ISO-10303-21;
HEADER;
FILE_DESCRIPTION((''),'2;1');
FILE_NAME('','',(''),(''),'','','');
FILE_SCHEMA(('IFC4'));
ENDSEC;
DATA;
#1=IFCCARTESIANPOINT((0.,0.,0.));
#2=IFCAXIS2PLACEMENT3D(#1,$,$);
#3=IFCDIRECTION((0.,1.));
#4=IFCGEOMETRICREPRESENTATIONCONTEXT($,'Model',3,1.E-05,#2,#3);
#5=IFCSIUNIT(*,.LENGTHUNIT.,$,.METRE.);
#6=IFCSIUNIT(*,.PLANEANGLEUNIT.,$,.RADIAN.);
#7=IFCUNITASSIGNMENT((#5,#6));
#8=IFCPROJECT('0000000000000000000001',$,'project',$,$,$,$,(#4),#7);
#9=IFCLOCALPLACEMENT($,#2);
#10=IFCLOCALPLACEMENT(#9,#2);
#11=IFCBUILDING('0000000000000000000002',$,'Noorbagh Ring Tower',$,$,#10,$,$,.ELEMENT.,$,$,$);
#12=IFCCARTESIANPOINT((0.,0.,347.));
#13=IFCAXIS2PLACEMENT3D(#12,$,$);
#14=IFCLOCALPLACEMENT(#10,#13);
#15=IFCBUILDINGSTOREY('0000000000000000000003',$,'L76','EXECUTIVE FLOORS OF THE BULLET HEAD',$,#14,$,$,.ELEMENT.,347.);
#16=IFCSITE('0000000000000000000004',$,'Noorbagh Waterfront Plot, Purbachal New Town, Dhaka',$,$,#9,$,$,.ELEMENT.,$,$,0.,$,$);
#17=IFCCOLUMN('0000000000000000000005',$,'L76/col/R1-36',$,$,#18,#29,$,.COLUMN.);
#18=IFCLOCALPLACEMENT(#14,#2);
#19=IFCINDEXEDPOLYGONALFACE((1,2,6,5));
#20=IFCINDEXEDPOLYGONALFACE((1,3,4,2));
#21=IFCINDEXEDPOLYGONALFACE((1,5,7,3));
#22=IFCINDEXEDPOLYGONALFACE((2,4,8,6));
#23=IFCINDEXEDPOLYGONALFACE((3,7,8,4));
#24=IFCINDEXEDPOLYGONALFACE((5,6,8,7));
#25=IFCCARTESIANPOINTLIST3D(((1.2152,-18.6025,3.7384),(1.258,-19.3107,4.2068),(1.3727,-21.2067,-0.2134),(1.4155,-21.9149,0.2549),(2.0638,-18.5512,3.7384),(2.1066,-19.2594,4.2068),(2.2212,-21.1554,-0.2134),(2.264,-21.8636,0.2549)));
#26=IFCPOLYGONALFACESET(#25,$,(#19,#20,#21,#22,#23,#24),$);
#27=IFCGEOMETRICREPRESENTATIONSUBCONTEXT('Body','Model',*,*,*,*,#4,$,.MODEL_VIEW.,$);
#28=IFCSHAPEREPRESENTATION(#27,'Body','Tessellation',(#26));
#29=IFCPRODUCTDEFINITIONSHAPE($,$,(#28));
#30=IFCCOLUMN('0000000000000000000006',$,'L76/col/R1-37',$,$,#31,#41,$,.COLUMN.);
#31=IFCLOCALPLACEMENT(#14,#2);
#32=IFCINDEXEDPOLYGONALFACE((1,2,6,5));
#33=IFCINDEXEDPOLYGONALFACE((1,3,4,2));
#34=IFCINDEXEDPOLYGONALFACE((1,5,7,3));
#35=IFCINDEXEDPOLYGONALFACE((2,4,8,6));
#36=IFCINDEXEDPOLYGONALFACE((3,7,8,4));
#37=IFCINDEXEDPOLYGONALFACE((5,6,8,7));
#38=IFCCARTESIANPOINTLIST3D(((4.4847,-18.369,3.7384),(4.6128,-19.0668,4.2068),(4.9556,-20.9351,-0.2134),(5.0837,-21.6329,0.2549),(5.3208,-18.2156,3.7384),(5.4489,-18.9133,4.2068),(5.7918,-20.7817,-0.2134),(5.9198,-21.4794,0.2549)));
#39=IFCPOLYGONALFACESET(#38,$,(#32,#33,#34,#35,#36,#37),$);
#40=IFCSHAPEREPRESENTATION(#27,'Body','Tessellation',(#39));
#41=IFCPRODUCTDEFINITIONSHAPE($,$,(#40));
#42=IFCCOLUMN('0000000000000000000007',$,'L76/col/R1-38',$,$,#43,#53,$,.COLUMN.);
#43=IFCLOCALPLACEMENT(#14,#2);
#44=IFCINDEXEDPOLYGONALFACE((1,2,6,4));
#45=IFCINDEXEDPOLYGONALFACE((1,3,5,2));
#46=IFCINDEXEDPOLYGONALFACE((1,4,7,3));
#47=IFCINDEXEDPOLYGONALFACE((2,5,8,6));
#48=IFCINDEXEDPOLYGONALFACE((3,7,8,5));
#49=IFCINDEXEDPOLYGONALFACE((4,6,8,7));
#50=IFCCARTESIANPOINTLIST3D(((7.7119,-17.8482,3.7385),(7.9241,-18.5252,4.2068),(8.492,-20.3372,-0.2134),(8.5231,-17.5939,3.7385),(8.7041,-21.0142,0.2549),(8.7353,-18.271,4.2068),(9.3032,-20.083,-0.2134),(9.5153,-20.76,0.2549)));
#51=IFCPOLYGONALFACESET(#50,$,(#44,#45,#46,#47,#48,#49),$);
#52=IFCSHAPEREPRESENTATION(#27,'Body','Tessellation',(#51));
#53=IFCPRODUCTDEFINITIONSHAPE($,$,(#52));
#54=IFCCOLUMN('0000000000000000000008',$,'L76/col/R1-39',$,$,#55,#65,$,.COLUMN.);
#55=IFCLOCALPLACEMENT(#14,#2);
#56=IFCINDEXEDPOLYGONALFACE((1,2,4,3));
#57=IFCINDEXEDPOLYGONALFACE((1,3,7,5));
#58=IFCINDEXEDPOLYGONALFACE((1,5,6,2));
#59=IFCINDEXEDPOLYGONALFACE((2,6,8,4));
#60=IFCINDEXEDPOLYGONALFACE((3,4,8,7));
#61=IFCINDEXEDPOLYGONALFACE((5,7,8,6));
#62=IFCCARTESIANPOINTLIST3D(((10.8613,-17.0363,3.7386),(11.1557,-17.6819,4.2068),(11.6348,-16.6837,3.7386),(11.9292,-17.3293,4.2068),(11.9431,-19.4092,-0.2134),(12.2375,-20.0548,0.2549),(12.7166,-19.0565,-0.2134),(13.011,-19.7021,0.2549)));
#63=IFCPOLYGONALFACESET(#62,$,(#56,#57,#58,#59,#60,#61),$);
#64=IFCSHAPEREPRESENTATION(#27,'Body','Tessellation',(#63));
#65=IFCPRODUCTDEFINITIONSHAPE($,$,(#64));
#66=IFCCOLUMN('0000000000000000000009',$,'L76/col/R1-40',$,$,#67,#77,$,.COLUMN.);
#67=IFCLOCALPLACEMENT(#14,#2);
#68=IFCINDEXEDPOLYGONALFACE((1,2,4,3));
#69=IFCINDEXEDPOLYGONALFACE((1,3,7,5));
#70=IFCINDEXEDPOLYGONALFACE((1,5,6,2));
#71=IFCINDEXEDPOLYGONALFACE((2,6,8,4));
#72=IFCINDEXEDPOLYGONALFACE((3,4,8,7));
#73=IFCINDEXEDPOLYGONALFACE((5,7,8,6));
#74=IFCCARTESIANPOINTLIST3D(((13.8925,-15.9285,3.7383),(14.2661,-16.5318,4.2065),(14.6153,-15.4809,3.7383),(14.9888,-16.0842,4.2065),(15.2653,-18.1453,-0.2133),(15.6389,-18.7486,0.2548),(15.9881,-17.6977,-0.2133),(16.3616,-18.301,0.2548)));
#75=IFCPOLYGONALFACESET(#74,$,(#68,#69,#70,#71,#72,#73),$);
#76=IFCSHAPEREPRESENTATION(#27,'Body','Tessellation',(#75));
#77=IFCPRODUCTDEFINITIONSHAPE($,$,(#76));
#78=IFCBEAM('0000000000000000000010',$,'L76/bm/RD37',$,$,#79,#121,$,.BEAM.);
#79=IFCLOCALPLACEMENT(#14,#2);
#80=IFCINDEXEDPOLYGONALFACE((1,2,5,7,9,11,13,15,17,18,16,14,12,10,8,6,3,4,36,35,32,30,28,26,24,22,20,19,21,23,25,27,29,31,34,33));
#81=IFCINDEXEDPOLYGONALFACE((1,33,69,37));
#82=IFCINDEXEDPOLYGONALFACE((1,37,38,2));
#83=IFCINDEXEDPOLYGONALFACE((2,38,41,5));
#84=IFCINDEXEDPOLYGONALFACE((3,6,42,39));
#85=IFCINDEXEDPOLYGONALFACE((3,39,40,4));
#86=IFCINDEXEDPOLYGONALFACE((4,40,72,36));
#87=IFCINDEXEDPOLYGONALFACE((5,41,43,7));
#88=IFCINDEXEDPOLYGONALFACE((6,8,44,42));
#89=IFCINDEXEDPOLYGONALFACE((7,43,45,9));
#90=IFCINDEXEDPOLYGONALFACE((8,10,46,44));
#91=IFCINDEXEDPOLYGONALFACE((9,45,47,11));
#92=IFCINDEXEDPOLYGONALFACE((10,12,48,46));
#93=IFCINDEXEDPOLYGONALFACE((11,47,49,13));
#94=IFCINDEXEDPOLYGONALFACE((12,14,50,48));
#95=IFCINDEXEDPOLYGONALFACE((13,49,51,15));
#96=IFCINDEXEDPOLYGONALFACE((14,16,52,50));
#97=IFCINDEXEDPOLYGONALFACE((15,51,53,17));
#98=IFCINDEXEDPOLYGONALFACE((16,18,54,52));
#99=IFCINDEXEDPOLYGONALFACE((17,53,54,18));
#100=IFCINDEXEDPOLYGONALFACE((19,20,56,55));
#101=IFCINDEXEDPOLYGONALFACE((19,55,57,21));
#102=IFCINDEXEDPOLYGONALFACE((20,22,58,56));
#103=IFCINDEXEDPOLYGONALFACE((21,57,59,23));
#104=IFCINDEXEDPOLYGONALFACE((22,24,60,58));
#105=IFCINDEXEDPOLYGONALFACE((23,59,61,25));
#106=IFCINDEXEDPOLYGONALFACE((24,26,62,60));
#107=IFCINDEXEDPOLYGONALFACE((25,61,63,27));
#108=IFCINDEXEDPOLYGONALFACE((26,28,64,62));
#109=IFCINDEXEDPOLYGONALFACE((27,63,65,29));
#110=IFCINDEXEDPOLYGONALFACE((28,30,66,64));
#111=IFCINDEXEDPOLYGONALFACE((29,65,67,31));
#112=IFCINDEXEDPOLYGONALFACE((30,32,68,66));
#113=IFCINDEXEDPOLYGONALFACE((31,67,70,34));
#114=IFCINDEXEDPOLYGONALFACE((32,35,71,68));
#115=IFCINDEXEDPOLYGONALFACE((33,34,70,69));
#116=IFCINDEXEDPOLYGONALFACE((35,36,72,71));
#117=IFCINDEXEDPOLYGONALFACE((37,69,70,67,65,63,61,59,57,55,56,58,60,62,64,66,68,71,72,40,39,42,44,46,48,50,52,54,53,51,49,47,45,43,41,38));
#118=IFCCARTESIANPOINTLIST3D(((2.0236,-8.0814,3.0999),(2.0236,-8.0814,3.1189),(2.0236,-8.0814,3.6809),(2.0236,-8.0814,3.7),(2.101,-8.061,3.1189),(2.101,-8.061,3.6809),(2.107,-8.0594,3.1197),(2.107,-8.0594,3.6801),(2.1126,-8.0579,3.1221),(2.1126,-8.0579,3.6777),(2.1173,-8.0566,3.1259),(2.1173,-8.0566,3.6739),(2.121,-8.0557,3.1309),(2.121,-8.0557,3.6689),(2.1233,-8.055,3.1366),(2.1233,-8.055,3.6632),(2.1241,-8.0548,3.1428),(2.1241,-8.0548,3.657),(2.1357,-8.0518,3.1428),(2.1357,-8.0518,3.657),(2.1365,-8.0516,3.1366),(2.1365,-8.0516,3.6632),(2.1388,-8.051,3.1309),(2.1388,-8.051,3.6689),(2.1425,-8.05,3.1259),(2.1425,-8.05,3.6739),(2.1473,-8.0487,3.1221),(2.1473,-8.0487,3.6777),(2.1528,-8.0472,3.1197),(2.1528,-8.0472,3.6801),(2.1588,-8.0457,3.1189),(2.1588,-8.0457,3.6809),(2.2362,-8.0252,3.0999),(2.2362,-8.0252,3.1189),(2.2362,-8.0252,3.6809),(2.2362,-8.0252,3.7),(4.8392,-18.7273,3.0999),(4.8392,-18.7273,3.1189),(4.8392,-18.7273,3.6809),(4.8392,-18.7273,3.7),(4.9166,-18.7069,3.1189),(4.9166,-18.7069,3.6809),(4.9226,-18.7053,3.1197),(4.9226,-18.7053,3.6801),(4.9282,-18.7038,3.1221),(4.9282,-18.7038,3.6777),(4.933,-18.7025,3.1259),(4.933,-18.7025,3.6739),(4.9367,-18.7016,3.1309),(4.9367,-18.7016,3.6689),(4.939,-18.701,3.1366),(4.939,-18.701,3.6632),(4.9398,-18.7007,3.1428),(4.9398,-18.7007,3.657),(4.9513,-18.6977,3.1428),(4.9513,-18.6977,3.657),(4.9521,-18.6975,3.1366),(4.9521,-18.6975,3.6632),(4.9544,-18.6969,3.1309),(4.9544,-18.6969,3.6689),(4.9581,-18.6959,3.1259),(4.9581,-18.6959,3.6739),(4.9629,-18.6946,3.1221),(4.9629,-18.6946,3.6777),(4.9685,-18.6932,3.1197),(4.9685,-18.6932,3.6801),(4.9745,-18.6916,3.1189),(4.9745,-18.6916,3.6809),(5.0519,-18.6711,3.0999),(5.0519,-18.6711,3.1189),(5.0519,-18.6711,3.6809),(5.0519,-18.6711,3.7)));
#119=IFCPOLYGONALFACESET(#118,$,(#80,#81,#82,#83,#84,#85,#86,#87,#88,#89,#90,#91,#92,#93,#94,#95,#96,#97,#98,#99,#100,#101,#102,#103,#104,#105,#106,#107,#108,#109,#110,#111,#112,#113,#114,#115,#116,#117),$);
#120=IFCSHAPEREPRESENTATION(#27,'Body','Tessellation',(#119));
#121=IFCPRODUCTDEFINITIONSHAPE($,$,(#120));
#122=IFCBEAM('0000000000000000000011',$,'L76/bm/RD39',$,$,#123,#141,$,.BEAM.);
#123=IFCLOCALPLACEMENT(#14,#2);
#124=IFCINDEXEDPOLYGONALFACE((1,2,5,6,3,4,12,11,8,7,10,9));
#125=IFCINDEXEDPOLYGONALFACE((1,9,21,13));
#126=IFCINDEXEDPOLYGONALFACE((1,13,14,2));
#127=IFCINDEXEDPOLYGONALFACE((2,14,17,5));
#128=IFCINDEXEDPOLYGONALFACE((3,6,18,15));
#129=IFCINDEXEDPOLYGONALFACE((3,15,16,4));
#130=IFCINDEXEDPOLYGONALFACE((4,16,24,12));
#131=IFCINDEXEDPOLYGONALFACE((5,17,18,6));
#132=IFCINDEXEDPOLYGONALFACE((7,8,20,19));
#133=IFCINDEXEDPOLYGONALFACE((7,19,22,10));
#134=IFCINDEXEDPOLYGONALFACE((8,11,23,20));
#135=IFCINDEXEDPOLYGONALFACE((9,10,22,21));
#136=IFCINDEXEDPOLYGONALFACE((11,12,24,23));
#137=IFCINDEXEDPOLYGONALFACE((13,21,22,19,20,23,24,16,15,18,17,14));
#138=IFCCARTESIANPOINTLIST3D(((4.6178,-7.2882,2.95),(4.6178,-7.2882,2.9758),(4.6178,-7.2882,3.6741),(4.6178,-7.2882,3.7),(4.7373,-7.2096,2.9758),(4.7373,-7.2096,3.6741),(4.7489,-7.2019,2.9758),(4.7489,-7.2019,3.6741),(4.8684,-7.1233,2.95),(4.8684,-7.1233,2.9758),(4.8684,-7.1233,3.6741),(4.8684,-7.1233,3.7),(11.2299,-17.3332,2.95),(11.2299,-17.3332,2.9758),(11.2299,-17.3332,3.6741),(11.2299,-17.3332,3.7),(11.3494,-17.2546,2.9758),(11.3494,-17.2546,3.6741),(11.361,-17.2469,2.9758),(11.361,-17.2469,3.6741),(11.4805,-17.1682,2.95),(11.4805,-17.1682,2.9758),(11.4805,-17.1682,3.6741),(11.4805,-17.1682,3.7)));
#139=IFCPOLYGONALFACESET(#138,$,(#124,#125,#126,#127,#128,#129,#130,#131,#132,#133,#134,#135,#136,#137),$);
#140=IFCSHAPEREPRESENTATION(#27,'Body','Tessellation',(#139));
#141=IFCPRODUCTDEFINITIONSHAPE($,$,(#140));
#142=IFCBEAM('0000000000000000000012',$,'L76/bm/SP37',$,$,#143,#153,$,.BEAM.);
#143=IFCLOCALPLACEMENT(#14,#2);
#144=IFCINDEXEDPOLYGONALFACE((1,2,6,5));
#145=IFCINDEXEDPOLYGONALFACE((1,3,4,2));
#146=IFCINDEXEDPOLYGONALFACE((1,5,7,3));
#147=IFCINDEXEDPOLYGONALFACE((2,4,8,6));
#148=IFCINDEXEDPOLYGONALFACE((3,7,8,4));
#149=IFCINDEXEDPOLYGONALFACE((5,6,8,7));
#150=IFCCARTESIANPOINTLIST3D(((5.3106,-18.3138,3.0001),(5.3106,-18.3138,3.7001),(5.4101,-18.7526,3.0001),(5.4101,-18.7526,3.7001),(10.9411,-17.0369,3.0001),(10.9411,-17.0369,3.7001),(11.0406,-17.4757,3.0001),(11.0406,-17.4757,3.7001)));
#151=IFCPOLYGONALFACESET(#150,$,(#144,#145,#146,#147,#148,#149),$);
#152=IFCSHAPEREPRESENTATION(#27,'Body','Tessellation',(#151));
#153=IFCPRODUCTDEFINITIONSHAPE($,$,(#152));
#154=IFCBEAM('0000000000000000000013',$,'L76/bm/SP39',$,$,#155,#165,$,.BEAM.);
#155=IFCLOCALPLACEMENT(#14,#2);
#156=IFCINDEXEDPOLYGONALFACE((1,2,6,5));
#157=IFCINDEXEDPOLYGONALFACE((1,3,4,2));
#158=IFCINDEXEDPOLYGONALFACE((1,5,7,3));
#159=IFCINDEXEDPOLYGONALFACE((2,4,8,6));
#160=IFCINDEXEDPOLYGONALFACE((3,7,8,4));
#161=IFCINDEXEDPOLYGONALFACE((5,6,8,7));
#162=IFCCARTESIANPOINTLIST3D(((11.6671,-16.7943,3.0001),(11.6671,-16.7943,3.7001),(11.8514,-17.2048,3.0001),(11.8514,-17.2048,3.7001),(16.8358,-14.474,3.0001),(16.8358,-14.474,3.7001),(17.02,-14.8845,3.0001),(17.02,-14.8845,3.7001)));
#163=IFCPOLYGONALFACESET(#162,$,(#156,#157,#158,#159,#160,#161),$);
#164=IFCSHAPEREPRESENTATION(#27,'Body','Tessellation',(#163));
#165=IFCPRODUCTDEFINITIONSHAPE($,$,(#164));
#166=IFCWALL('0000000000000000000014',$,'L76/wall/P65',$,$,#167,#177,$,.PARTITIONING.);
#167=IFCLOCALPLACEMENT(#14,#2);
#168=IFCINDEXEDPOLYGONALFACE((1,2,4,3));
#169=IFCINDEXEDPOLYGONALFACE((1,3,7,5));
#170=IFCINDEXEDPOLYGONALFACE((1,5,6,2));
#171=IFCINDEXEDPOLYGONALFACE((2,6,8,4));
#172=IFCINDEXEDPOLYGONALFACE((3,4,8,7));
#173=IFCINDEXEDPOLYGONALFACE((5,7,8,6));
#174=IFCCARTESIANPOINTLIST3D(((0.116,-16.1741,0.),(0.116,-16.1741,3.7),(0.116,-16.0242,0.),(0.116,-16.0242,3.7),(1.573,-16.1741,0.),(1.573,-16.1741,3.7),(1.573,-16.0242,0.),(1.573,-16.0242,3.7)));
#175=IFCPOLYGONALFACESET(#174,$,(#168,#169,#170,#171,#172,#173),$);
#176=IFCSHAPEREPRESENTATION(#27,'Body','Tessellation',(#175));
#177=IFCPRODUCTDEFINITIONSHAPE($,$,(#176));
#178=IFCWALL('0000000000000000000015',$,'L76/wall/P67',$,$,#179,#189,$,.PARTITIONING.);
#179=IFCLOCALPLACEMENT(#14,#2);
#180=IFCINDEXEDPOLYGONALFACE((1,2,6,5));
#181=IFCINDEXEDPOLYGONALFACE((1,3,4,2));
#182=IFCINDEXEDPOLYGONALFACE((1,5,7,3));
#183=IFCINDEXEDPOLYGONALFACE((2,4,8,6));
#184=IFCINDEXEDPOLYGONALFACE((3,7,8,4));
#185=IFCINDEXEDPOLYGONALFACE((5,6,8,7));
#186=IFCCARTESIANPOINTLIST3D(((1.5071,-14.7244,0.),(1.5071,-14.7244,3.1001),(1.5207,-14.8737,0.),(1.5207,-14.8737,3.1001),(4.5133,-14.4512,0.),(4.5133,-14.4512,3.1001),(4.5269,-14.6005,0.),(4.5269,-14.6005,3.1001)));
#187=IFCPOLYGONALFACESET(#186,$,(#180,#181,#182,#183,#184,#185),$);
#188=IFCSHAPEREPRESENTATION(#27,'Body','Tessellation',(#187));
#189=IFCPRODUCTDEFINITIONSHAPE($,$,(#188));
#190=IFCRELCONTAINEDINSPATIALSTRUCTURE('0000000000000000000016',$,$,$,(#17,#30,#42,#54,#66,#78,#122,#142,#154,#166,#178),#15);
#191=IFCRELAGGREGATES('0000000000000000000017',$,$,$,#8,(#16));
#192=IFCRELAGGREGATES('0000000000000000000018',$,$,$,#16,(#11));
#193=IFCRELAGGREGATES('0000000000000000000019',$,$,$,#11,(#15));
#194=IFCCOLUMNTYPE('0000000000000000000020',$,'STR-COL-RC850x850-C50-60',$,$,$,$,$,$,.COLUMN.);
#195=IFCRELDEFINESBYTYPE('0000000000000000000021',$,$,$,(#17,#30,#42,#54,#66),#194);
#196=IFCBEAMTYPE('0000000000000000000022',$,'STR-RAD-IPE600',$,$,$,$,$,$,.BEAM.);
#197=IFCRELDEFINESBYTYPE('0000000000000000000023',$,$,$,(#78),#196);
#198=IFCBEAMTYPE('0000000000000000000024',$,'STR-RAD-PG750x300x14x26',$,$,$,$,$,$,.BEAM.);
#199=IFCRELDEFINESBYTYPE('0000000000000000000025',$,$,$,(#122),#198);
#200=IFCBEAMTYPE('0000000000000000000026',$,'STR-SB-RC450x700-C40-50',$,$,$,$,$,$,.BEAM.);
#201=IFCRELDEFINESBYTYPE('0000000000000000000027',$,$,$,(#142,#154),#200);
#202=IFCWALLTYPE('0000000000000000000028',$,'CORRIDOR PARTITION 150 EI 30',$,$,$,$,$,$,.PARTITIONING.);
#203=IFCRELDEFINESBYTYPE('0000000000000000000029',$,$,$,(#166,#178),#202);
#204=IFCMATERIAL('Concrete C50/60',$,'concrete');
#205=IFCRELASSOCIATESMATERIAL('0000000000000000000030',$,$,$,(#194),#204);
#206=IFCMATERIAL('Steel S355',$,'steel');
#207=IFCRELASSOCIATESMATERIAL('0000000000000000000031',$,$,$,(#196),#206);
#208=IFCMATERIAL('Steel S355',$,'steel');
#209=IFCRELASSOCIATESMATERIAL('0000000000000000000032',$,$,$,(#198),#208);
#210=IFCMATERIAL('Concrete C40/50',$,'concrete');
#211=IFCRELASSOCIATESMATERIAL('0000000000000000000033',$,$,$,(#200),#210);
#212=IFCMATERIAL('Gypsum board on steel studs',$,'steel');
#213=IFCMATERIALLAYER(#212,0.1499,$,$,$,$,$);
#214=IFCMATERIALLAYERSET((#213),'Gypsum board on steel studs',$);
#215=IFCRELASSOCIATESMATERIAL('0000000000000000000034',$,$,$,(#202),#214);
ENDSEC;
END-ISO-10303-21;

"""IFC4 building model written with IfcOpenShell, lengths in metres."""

from ifc_helpers import new_model, si_unit, direction, frame, frame_2d, origin, origin_2d, place, context, subcontext, project, spatial, rectangle, i_section, extrude, material, layer, layer_set, material_profile, profile_set, type_object, element, save


model = new_model("IFC4")

# Units and contexts
model_context = context("Model", 3, precision=1e-05, world=origin(), true_north=direction((0.0, 1.0)))
body_context = subcontext(model_context, "Body", "Model", "MODEL_VIEW")
ifc_project = project(units=[si_unit("LENGTHUNIT", "METRE"), si_unit("PLANEANGLEUNIT", "RADIAN")], contexts=[model_context])

# Site, building, storey
site_placement = place(None, origin())
site = spatial("IfcSite", under=ifc_project, at=site_placement, Name="Noorbagh Waterfront Plot, Purbachal New Town, Dhaka", CompositionType="ELEMENT", RefElevation=0.0)
building_placement = place(site_placement, origin())
building = spatial("IfcBuilding", under=site, at=building_placement, Name="Noorbagh Ring Tower", CompositionType="ELEMENT")
storey_placement = place(building_placement, frame((0.0, 0.0, 347.0)))
storey = spatial("IfcBuildingStorey", under=building, at=storey_placement, Name="L76", Description="EXECUTIVE FLOORS OF THE BULLET HEAD", CompositionType="ELEMENT", Elevation=347.0)

# Columns
ifc_material_1 = material(Name="Concrete C50/60", Category="concrete")
ifc_material_profile_1 = material_profile(ifc_material_1, rectangle(XDim=0.8501, YDim=0.8501, at=origin_2d()), Name="RC850x850")
ifc_profile_set_1 = profile_set([ifc_material_profile_1], Name="Concrete C50/60")
column_type = type_object("IfcColumnType", Name="STR-COL-RC850x850-C50-60", PredefinedType="COLUMN", material=ifc_profile_set_1)
for number, where, z_axis, x_axis, name in (
    (1, (1.8184, -21.5352, 0.0208), (-0.033254, 0.549948, 0.834537), (-0.998177, -0.060357, 0.0), "L76/col/R1-36"),
    (2, (5.4377, -21.2073, 0.0208), (-0.099451, 0.541904, 0.834535), (-0.983574, -0.180507, 0.0), "L76/col/R1-37"),
):
    element("IfcColumn", number, at=place(storey_placement, frame(where, z_axis=z_axis, x_axis=x_axis)), inside=storey, type_object=column_type, Name=name, PredefinedType="COLUMN", context=body_context, shape_type="SweptSolid", body=[
        extrude(rectangle(XDim=0.8501, YDim=0.8501, at=origin_2d()), origin(), (0.0, 0.0, 1.0), 4.7354),
    ])
column_1_placement = place(storey_placement, frame((9.0037, -20.5486, 0.0208), z_axis=(-0.164733, 0.525652, 0.834598), x_axis=(-0.954238, -0.299048, 0.0)))
element("IfcColumn", 3, at=column_1_placement, inside=storey, type_object=column_type, Name="L76/col/R1-38", PredefinedType="COLUMN", context=body_context, shape_type="SweptSolid", body=[
    extrude(rectangle(XDim=0.8501, YDim=0.8501, at=origin_2d()), origin(), (0.0, 0.0, 1.0), 4.7351),
])
column_2_placement = place(storey_placement, frame((12.4771, -19.5557, 0.0208), z_axis=(-0.228477, 0.501145, 0.834657), x_axis=(-0.909898, -0.414833, 0.0)))
element("IfcColumn", 4, at=column_2_placement, inside=storey, type_object=column_type, Name="L76/col/R1-39", PredefinedType="COLUMN", context=body_context, shape_type="SweptSolid", body=[
    extrude(rectangle(XDim=0.8501, YDim=0.8501, at=origin_2d()), origin(), (0.0, 0.0, 1.0), 4.7349),
])
column_3_placement = place(storey_placement, frame((15.8135, -18.2231, 0.0208), z_axis=(-0.289964, 0.468233, 0.834672), x_axis=(-0.850179, -0.526493, 0.0)))
element("IfcColumn", 5, at=column_3_placement, inside=storey, type_object=column_type, Name="L76/col/R1-40", PredefinedType="COLUMN", context=body_context, shape_type="SweptSolid", body=[
    extrude(rectangle(XDim=0.8501, YDim=0.8501, at=origin_2d()), origin(), (0.0, 0.0, 1.0), 4.7344),
])

# Beams
ifc_material_2 = material(Name="Steel S355", Category="steel")
ifc_material_profile_2 = material_profile(ifc_material_2, i_section(OverallWidth=0.22, OverallDepth=0.6001, WebThickness=0.012, FlangeThickness=0.019, FilletRadius=0.0239, at=origin_2d()), Name="IPE600")
ifc_profile_set_2 = profile_set([ifc_material_profile_2], Name="Steel S355")
beam_type_1 = type_object("IfcBeamType", Name="STR-RAD-IPE600", PredefinedType="BEAM", material=ifc_profile_set_2)
beam_1_placement = place(storey_placement, frame((4.9456, -18.6992, 3.3999), z_axis=(-0.25569, 0.966759, 0.0), x_axis=(-0.966759, -0.25569, 0.0)))
element("IfcBeam", 6, at=beam_1_placement, inside=storey, type_object=beam_type_1, Name="L76/bm/RD37", PredefinedType="BEAM", context=body_context, shape_type="SweptSolid", body=[
    extrude(i_section(OverallWidth=0.22, OverallDepth=0.6001, WebThickness=0.012, FlangeThickness=0.019, FilletRadius=0.0239, at=origin_2d()), origin(), (0.0, 0.0, 1.0), 11.012),
])
ifc_material_3 = material(Name="Steel S355", Category="steel")
ifc_material_profile_3 = material_profile(ifc_material_3, i_section(OverallWidth=0.3, OverallDepth=0.75, WebThickness=0.0139, FlangeThickness=0.0259, at=origin_2d()), Name="PG750x300x14x26")
ifc_profile_set_3 = profile_set([ifc_material_profile_3], Name="Steel S355")
beam_type_2 = type_object("IfcBeamType", Name="STR-RAD-PG750x300x14x26", PredefinedType="BEAM", material=ifc_profile_set_3)
beam_2_placement = place(storey_placement, frame((11.3552, -17.2507, 3.325), z_axis=(-0.549823, 0.835281, 0.0), x_axis=(-0.835281, -0.549823, 0.0)))
element("IfcBeam", 7, at=beam_2_placement, inside=storey, type_object=beam_type_2, Name="L76/bm/RD39", PredefinedType="BEAM", context=body_context, shape_type="SweptSolid", body=[
    extrude(i_section(OverallWidth=0.3, OverallDepth=0.75, WebThickness=0.0139, FlangeThickness=0.0259, at=origin_2d()), origin(), (0.0, 0.0, 1.0), 12.0259),
])
ifc_material_4 = material(Name="Concrete C40/50", Category="concrete")
ifc_material_profile_4 = material_profile(ifc_material_4, rectangle(XDim=0.45, YDim=0.7, at=origin_2d()), Name="RC450x700")
ifc_profile_set_4 = profile_set([ifc_material_profile_4], Name="Concrete C40/50")
beam_type_3 = type_object("IfcBeamType", Name="STR-SB-RC450x700-C40-50", PredefinedType="BEAM", material=ifc_profile_set_4)
beam_3_placement = place(storey_placement, frame((5.3604, -18.5332, 3.3501), z_axis=(0.975237, 0.221164, 0.0), x_axis=(-0.221164, 0.975237, 0.0)))
element("IfcBeam", 8, at=beam_3_placement, inside=storey, type_object=beam_type_3, Name="L76/bm/SP37", PredefinedType="BEAM", context=body_context, shape_type="SweptSolid", body=[
    extrude(rectangle(XDim=0.45, YDim=0.7, at=origin_2d()), origin(), (0.0, 0.0, 1.0), 5.7734),
])
beam_4_placement = place(storey_placement, frame((11.7593, -16.9995, 3.3501), z_axis=(0.912291, 0.409542, 0.0), x_axis=(-0.409542, 0.912291, 0.0)))
element("IfcBeam", 9, at=beam_4_placement, inside=storey, type_object=beam_type_3, Name="L76/bm/SP39", PredefinedType="BEAM", context=body_context, shape_type="SweptSolid", body=[
    extrude(rectangle(XDim=0.45, YDim=0.7, at=origin_2d()), origin(), (0.0, 0.0, 1.0), 5.6655),
])

# Walls
ifc_material_5 = material(Name="Gypsum board on steel studs", Category="steel")
ifc_layer_1 = layer(ifc_material_5, 0.1499)
ifc_layer_set_1 = layer_set([ifc_layer_1], Name="Gypsum board on steel studs")
wall_type_1 = type_object("IfcWallType", Name="CORRIDOR PARTITION 150 EI 30", PredefinedType="PARTITIONING", material=ifc_layer_set_1)
wall_1_placement = place(storey_placement, frame((0.116, -16.0991, 0.0), z_axis=(0.0, 0.0, 1.0), x_axis=(1.0, 0.0, 0.0)))
element("IfcWall", 10, at=wall_1_placement, inside=storey, type_object=wall_type_1, Name="L76/wall/P65", PredefinedType="PARTITIONING", context=body_context, shape_type="SweptSolid", body=[
    extrude(rectangle(XDim=1.457, YDim=0.1499, at=frame_2d((0.7285, 0.0))), origin(), (0.0, 0.0, 1.0), 3.7),
])
wall_2_placement = place(storey_placement, frame((1.5139, -14.7991, 0.0), z_axis=(0.0, 0.0, 1.0), x_axis=(0.995896, 0.090507, 0.0)))
element("IfcWall", 11, at=wall_2_placement, inside=storey, type_object=wall_type_1, Name="L76/wall/P67", PredefinedType="PARTITIONING", context=body_context, shape_type="SweptSolid", body=[
    extrude(rectangle(XDim=3.0186, YDim=0.1499, at=frame_2d((1.5093, 0.0))), origin(), (0.0, 0.0, 1.0), 3.1001),
])

save(model, "model.ifc")
